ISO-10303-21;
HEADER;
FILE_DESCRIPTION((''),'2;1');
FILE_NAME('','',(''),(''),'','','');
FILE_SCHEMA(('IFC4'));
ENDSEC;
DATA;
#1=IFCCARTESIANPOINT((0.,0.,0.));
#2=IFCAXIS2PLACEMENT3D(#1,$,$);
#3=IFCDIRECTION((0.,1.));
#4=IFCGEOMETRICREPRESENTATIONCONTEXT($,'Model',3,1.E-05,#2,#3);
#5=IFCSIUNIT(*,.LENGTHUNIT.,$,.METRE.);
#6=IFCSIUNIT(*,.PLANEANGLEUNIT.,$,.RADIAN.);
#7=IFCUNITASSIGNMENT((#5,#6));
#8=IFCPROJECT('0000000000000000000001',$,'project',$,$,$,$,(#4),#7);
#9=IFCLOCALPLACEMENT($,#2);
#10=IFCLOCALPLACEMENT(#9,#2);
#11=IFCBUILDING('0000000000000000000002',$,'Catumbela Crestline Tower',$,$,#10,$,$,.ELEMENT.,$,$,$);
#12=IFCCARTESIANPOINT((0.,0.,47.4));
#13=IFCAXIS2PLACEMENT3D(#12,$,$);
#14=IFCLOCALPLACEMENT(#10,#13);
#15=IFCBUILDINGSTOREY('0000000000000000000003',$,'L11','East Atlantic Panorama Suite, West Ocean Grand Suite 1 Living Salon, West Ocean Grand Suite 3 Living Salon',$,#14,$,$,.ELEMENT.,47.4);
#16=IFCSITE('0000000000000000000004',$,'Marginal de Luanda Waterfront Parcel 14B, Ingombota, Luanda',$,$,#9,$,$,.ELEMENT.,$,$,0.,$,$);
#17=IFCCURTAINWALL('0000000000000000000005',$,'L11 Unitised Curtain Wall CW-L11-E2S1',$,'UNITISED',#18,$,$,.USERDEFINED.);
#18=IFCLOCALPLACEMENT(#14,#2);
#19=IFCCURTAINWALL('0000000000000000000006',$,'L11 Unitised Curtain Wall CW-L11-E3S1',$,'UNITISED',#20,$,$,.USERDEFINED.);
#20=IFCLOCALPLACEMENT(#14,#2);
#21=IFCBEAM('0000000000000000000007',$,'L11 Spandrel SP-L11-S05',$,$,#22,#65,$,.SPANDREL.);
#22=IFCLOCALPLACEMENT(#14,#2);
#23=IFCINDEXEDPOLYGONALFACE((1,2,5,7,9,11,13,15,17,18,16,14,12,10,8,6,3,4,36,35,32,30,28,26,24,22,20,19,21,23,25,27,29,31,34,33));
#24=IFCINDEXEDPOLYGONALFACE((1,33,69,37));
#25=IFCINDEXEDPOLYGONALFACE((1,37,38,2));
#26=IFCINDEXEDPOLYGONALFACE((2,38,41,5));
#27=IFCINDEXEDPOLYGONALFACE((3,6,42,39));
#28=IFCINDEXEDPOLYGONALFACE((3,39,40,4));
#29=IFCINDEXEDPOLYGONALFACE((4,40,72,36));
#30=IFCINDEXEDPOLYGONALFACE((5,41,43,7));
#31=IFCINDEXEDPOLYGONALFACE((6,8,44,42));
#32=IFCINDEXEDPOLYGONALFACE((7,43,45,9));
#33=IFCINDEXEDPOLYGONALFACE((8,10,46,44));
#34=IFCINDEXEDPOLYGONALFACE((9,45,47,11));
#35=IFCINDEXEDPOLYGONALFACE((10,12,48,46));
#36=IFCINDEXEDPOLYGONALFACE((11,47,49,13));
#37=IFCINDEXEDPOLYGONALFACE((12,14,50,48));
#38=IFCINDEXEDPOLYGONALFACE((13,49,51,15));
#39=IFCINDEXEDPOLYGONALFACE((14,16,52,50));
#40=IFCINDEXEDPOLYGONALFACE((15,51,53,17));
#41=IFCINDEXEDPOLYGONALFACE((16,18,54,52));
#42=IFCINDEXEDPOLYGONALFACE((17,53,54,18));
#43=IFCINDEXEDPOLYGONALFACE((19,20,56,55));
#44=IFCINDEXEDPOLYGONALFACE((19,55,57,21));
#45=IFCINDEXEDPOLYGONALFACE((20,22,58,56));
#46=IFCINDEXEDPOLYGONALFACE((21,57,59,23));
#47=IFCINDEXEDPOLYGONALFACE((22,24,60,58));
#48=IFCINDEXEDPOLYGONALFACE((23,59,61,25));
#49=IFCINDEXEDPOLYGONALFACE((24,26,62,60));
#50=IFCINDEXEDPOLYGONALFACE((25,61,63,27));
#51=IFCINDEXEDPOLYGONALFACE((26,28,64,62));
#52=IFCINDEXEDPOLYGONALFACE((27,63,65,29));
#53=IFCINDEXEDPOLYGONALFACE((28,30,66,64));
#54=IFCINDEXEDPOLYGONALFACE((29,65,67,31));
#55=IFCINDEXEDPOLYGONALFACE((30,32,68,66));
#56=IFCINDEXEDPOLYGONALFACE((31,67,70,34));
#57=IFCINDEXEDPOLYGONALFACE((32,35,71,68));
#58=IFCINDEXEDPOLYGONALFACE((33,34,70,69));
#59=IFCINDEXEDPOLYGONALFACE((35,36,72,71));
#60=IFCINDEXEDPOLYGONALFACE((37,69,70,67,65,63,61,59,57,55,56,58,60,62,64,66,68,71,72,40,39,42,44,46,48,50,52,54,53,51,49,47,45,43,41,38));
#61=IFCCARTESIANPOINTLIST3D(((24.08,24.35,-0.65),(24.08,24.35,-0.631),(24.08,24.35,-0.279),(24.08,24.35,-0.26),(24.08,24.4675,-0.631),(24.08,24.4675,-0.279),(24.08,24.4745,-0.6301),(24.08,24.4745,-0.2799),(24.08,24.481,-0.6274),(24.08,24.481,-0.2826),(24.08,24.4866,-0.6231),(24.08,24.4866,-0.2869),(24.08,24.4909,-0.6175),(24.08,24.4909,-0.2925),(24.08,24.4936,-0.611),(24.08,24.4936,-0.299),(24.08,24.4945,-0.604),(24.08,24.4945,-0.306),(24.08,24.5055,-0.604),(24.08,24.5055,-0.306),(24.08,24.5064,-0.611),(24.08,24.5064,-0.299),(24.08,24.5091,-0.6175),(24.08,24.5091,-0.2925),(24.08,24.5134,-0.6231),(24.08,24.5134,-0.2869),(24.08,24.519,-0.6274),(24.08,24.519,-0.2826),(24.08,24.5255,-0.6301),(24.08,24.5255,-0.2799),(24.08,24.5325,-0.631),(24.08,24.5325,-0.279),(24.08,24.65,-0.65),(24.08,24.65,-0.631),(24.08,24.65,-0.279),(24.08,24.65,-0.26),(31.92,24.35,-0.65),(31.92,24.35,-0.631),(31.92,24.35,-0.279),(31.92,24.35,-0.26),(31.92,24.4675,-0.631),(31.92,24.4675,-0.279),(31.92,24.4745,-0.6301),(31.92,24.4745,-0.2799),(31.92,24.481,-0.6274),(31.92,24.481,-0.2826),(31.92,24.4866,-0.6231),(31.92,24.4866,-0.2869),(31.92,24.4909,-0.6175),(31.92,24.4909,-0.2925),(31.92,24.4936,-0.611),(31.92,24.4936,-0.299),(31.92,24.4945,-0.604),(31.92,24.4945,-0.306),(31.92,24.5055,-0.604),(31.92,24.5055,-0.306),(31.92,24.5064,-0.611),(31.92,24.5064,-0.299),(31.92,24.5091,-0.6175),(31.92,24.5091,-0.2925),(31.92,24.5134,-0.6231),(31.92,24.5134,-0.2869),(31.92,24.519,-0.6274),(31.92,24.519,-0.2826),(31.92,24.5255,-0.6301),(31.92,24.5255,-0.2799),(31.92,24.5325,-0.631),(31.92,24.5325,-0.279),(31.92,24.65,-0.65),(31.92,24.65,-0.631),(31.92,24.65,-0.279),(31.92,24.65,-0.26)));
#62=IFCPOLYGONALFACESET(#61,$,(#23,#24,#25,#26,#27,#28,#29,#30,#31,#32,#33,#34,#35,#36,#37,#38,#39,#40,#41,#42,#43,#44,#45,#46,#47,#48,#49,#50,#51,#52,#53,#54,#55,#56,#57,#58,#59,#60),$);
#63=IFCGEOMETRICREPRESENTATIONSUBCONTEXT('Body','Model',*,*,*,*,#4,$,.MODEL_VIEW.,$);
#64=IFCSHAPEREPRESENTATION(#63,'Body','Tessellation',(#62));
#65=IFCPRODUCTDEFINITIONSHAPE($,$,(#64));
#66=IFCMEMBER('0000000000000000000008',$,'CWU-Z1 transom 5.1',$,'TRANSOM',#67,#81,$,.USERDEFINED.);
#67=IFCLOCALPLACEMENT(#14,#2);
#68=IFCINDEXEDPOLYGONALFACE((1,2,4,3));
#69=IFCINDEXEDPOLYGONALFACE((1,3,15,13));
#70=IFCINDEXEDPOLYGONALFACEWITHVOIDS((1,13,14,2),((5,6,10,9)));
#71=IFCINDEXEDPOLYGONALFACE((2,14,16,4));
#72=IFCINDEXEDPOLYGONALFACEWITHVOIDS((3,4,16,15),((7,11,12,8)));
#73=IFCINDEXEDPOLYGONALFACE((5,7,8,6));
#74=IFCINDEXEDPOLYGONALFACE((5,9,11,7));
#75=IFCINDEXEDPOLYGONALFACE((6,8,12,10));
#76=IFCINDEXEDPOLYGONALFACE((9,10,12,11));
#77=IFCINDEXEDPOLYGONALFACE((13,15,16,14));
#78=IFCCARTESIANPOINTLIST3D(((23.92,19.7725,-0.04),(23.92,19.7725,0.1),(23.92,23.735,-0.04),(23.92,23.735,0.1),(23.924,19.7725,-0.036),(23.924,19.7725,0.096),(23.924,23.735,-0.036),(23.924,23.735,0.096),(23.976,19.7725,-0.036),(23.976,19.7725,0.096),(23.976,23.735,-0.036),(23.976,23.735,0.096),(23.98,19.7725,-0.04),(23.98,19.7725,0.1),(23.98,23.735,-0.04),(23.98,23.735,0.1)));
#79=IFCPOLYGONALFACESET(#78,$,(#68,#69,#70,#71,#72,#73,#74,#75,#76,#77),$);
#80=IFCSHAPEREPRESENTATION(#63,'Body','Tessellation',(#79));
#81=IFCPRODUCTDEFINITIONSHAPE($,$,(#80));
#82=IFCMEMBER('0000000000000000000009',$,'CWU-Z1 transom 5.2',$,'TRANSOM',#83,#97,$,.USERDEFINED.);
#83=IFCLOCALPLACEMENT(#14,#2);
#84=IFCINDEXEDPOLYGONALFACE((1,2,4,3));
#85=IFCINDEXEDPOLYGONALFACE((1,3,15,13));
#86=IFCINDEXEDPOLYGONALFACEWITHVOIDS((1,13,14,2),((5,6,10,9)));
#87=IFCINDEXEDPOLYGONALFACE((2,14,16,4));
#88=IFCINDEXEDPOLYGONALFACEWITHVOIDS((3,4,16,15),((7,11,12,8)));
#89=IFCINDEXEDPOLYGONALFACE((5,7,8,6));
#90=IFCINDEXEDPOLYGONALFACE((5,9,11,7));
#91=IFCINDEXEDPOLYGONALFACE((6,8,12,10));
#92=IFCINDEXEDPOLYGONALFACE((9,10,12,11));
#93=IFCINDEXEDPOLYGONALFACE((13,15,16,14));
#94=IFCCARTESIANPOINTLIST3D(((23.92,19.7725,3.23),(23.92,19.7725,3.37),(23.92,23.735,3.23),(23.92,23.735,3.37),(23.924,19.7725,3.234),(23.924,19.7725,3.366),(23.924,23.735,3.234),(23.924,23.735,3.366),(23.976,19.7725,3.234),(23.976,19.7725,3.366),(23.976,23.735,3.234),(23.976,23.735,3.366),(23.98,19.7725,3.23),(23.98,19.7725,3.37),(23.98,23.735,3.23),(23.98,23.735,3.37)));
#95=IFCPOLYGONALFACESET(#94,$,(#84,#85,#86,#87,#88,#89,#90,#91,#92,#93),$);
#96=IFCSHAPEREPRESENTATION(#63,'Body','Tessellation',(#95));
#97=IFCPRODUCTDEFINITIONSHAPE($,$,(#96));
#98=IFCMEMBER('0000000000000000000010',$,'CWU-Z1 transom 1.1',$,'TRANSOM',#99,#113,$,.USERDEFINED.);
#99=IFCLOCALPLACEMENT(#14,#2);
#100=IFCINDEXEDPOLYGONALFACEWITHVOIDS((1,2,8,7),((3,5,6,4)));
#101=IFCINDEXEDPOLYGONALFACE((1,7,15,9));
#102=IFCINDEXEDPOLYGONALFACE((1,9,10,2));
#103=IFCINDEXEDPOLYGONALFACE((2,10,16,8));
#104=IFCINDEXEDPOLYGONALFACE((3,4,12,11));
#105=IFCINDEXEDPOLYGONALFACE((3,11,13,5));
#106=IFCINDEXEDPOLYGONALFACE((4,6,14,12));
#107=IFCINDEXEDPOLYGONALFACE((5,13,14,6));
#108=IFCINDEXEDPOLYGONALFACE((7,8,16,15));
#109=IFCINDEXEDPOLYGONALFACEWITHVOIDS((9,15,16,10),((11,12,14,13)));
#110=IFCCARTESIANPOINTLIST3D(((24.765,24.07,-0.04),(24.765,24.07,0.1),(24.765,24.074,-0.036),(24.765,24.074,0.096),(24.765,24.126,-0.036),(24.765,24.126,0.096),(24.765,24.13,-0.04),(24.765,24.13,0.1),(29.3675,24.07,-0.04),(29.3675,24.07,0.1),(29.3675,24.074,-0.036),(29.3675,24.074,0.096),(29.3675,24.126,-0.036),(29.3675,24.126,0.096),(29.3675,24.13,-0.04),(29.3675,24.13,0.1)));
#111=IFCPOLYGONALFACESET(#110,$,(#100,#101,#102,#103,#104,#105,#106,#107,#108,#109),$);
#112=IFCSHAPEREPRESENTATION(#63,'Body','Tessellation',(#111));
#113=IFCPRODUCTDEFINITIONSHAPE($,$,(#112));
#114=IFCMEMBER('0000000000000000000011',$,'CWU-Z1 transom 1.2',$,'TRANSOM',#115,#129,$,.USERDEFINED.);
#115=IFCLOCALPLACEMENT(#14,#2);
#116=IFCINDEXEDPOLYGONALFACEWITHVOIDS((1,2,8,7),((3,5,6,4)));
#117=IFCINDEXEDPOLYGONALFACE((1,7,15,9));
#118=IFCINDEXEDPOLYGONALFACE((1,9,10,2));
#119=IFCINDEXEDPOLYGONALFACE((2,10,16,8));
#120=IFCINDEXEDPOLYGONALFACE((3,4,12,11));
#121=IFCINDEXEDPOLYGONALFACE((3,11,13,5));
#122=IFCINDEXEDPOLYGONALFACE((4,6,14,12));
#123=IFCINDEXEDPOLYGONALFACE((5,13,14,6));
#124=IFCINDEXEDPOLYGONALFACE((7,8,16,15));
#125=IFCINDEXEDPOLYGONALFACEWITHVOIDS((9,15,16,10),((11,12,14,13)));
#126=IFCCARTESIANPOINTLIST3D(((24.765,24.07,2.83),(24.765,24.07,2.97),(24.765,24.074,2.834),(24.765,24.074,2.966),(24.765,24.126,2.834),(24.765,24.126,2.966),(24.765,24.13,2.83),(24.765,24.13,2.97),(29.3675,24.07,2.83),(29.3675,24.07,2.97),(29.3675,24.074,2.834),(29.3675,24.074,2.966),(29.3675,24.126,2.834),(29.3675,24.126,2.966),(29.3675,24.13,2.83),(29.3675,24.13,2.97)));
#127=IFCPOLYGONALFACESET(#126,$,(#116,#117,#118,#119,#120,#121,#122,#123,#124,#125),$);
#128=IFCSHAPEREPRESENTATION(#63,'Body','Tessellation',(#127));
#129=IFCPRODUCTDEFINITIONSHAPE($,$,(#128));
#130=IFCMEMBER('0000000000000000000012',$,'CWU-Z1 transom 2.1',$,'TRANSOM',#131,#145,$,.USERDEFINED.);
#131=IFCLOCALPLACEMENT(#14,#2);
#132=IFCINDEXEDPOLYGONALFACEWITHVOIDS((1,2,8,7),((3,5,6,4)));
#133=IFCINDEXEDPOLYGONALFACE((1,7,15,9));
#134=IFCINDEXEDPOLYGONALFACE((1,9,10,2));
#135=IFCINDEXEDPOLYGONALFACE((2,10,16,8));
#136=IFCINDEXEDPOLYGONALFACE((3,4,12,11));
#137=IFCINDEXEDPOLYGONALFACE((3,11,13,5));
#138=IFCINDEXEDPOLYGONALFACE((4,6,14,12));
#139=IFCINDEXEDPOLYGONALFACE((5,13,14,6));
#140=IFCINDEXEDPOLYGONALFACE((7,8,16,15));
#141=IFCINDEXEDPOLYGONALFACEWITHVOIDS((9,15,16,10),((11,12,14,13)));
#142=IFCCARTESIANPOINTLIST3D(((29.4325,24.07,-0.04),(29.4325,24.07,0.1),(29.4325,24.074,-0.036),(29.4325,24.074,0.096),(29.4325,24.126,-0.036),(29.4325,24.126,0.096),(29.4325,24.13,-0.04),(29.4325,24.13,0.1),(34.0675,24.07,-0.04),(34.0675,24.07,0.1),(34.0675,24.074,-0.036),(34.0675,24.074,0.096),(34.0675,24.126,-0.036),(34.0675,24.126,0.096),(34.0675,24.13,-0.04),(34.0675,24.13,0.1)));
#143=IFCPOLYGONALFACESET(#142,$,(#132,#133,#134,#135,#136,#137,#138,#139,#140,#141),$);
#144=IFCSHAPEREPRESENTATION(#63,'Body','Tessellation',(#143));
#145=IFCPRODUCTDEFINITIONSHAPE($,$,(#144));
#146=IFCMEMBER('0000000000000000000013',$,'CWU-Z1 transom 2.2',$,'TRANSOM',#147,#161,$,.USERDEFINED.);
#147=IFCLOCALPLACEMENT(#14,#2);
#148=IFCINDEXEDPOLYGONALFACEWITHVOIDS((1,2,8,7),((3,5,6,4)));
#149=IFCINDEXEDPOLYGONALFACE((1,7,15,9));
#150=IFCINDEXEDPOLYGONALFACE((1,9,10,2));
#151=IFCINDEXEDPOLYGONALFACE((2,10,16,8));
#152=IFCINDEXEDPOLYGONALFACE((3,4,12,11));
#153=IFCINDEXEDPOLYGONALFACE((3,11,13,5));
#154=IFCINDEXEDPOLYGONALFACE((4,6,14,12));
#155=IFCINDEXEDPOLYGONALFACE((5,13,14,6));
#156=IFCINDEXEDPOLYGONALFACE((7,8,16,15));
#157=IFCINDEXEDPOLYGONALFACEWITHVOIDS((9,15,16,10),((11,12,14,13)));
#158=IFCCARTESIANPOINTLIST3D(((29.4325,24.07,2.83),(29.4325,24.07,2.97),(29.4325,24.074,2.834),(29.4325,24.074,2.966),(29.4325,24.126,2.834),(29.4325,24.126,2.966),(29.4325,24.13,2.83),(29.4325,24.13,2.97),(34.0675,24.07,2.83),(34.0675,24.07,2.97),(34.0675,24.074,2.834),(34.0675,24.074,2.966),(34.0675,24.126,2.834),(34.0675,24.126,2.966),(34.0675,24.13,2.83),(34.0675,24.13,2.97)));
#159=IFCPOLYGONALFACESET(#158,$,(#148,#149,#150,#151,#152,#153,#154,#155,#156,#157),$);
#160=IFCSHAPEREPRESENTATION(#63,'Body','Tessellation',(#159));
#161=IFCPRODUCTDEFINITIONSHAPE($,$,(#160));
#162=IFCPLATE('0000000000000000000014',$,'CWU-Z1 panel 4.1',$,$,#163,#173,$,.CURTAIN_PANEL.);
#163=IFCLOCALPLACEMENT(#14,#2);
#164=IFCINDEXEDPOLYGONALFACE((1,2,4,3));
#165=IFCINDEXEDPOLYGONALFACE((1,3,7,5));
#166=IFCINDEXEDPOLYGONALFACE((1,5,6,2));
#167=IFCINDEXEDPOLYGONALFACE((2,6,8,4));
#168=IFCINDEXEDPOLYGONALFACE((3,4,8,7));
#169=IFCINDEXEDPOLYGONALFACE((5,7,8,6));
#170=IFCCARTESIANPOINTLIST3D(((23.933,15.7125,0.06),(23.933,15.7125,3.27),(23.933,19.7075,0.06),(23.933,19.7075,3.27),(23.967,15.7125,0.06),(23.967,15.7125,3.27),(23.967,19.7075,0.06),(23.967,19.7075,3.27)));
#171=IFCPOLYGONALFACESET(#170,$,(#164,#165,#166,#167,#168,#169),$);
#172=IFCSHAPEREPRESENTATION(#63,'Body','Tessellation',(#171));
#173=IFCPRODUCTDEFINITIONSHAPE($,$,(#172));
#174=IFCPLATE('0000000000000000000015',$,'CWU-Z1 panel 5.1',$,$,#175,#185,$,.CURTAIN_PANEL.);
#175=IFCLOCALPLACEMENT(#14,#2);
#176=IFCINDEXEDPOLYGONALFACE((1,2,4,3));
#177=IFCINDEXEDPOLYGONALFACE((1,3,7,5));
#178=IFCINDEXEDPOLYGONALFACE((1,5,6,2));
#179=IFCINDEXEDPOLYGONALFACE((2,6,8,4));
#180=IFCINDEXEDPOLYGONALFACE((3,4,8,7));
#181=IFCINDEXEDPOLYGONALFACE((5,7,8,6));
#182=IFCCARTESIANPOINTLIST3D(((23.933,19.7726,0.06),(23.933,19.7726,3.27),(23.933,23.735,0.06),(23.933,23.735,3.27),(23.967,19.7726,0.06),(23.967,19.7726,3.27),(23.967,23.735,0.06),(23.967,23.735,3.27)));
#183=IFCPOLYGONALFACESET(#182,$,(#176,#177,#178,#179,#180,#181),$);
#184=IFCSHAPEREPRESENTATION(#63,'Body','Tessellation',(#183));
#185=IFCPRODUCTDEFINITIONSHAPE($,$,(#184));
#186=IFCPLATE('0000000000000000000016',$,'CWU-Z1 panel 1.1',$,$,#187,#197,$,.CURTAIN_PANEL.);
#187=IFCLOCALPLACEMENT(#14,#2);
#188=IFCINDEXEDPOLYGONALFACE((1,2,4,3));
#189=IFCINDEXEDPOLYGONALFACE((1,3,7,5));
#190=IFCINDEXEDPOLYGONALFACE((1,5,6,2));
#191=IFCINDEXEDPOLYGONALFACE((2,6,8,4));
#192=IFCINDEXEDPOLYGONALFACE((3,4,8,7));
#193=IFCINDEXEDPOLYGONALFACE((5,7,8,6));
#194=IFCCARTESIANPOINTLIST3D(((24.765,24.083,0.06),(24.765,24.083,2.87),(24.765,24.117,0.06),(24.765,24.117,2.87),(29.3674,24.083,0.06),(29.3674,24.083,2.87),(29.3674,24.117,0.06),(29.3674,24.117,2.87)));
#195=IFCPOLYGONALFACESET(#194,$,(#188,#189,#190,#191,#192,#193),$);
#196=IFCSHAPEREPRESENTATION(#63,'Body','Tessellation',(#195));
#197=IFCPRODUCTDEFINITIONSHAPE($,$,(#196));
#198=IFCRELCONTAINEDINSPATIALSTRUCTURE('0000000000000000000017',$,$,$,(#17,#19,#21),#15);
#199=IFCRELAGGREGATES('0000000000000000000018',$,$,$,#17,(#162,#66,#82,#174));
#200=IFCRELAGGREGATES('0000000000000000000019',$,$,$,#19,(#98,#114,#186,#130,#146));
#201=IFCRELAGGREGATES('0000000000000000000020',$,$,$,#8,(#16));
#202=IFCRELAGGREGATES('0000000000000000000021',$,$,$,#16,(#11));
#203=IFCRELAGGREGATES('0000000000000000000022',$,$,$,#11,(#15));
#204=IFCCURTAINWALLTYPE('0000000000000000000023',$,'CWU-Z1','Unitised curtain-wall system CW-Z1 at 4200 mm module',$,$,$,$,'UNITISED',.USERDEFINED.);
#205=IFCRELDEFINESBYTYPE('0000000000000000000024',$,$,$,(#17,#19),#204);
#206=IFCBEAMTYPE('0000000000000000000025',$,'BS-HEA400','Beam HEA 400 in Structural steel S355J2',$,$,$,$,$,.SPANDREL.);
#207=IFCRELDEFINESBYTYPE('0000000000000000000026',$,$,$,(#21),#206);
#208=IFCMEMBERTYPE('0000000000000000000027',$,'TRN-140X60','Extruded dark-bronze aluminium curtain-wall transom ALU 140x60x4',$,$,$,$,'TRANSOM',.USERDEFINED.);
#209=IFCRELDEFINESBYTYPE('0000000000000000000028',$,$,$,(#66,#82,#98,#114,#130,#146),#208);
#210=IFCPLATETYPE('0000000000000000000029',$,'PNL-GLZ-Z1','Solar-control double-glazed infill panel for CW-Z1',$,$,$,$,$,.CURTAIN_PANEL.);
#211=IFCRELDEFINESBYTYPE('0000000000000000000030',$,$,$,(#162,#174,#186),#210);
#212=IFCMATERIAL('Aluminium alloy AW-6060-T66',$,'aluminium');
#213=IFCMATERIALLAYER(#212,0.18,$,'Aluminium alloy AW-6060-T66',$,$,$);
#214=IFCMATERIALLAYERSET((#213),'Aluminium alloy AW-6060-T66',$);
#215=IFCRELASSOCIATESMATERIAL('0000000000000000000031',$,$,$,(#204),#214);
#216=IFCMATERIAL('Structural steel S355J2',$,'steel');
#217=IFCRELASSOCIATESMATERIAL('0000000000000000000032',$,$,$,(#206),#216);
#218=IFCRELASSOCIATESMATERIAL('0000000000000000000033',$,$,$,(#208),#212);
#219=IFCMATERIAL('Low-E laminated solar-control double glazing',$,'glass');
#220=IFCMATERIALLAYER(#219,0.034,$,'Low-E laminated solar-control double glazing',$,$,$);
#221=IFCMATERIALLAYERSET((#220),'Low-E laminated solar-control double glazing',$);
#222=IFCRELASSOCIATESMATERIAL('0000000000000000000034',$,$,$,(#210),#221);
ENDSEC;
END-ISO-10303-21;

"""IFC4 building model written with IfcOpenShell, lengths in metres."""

from ifc_helpers import new_model, si_unit, direction, frame, origin, origin_2d, place, context, subcontext, project, spatial, rectangle, hollow_rectangle, i_section, extrude, material, layer, layer_set, material_profile, profile_set, type_object, element, aggregate, save


model = new_model("IFC4")

# Units and contexts
model_context = context("Model", 3, precision=1e-05, world=origin(), true_north=direction((0.0, 1.0)))
body_context = subcontext(model_context, "Body", "Model", "MODEL_VIEW")
ifc_project = project(units=[si_unit("LENGTHUNIT", "METRE"), si_unit("PLANEANGLEUNIT", "RADIAN")], contexts=[model_context])

# Site, building, storey
site_placement = place(None, origin())
site = spatial("IfcSite", under=ifc_project, at=site_placement, Name="Marginal de Luanda Waterfront Parcel 14B, Ingombota, Luanda", CompositionType="ELEMENT", RefElevation=0.0)
building_placement = place(site_placement, origin())
building = spatial("IfcBuilding", under=site, at=building_placement, Name="Catumbela Crestline Tower", CompositionType="ELEMENT")
storey_placement = place(building_placement, frame((0.0, 0.0, 47.4)))
storey = spatial("IfcBuildingStorey", under=building, at=storey_placement, Name="L11", Description="East Atlantic Panorama Suite, West Ocean Grand Suite 1 Living Salon, West Ocean Grand Suite 3 Living Salon", CompositionType="ELEMENT", Elevation=47.4)

# Shared definitions
ifc_material_1 = material(Name="Structural steel S355J2", Category="steel")

# Curtain walls
ifc_material_2 = material(Name="Aluminium alloy AW-6060-T66", Category="aluminium")
ifc_layer_1 = layer(ifc_material_2, 0.18, Name="Aluminium alloy AW-6060-T66")
ifc_layer_set_1 = layer_set([ifc_layer_1], Name="Aluminium alloy AW-6060-T66")
curtain_wall_type = type_object("IfcCurtainWallType", Name="CWU-Z1", Description="Unitised curtain-wall system CW-Z1 at 4200 mm module", ElementType="UNITISED", PredefinedType="USERDEFINED", material=ifc_layer_set_1)
curtain_wall_1_placement = place(storey_placement, origin())
curtain_wall_1 = element("IfcCurtainWall", 1, at=curtain_wall_1_placement, inside=storey, type_object=curtain_wall_type, Name="L11 Unitised Curtain Wall CW-L11-E2S1", ObjectType="UNITISED", PredefinedType="USERDEFINED")
curtain_wall_2_placement = place(storey_placement, origin())
curtain_wall_2 = element("IfcCurtainWall", 2, at=curtain_wall_2_placement, inside=storey, type_object=curtain_wall_type, Name="L11 Unitised Curtain Wall CW-L11-E3S1", ObjectType="UNITISED", PredefinedType="USERDEFINED")

# Beam
ifc_material_profile_1 = material_profile(ifc_material_1, i_section(OverallWidth=0.3, OverallDepth=0.39, WebThickness=0.011, FlangeThickness=0.019, FilletRadius=0.027, at=origin_2d()), Name="HEA 400")
ifc_profile_set_1 = profile_set([ifc_material_profile_1], Name="Structural steel S355J2")
beam_type_1 = type_object("IfcBeamType", Name="BS-HEA400", Description="Beam HEA 400 in Structural steel S355J2", PredefinedType="SPANDREL", material=ifc_profile_set_1)
beam_1_placement = place(storey_placement, frame((24.08, 24.5, -0.455), z_axis=(1.0, 0.0, 0.0), x_axis=(0.0, 1.0, 0.0)))
element("IfcBeam", 3, at=beam_1_placement, inside=storey, type_object=beam_type_1, Name="L11 Spandrel SP-L11-S05", PredefinedType="SPANDREL", context=body_context, shape_type="SweptSolid", body=[
    extrude(i_section(OverallWidth=0.3, OverallDepth=0.39, WebThickness=0.011, FlangeThickness=0.019, FilletRadius=0.027, at=origin_2d()), origin(), (0.0, 0.0, 1.0), 7.84),
])

# Members
ifc_material_profile_2 = material_profile(ifc_material_2, hollow_rectangle(XDim=0.06, YDim=0.14, WallThickness=0.004, at=origin_2d()), Name="ALU 140x60x4")
ifc_profile_set_2 = profile_set([ifc_material_profile_2], Name="Aluminium alloy AW-6060-T66")
member_type_1 = type_object("IfcMemberType", Name="TRN-140X60", Description="Extruded dark-bronze aluminium curtain-wall transom ALU 140x60x4", ElementType="TRANSOM", PredefinedType="USERDEFINED", material=ifc_profile_set_2)
member_1_placement = place(storey_placement, frame((23.95, 19.7725, 0.03), z_axis=(0.0, 1.0, 0.0), x_axis=(-1.0, 0.0, 0.0)))
member_1 = element("IfcMember", 4, at=member_1_placement, type_object=member_type_1, Name="CWU-Z1 transom 5.1", ObjectType="TRANSOM", PredefinedType="USERDEFINED", context=body_context, shape_type="SweptSolid", body=[
    extrude(hollow_rectangle(XDim=0.06, YDim=0.14, WallThickness=0.004, at=origin_2d()), origin(), (0.0, 0.0, 1.0), 3.9625),
])
member_2_placement = place(storey_placement, frame((23.95, 19.7725, 3.3), z_axis=(0.0, 1.0, 0.0), x_axis=(-1.0, 0.0, 0.0)))
member_2 = element("IfcMember", 5, at=member_2_placement, type_object=member_type_1, Name="CWU-Z1 transom 5.2", ObjectType="TRANSOM", PredefinedType="USERDEFINED", context=body_context, shape_type="SweptSolid", body=[
    extrude(hollow_rectangle(XDim=0.06, YDim=0.14, WallThickness=0.004, at=origin_2d()), origin(), (0.0, 0.0, 1.0), 3.9625),
])
member_3_placement = place(storey_placement, frame((24.765, 24.1, 0.03), z_axis=(1.0, 0.0, 0.0), x_axis=(0.0, 1.0, 0.0)))
member_3 = element("IfcMember", 6, at=member_3_placement, type_object=member_type_1, Name="CWU-Z1 transom 1.1", ObjectType="TRANSOM", PredefinedType="USERDEFINED", context=body_context, shape_type="SweptSolid", body=[
    extrude(hollow_rectangle(XDim=0.06, YDim=0.14, WallThickness=0.004, at=origin_2d()), origin(), (0.0, 0.0, 1.0), 4.6025),
])
member_4_placement = place(storey_placement, frame((24.765, 24.1, 2.9), z_axis=(1.0, 0.0, 0.0), x_axis=(0.0, 1.0, 0.0)))
member_4 = element("IfcMember", 7, at=member_4_placement, type_object=member_type_1, Name="CWU-Z1 transom 1.2", ObjectType="TRANSOM", PredefinedType="USERDEFINED", context=body_context, shape_type="SweptSolid", body=[
    extrude(hollow_rectangle(XDim=0.06, YDim=0.14, WallThickness=0.004, at=origin_2d()), origin(), (0.0, 0.0, 1.0), 4.6025),
])
member_5_placement = place(storey_placement, frame((29.4325, 24.1, 0.03), z_axis=(1.0, 0.0, 0.0), x_axis=(0.0, 1.0, 0.0)))
member_5 = element("IfcMember", 8, at=member_5_placement, type_object=member_type_1, Name="CWU-Z1 transom 2.1", ObjectType="TRANSOM", PredefinedType="USERDEFINED", context=body_context, shape_type="SweptSolid", body=[
    extrude(hollow_rectangle(XDim=0.06, YDim=0.14, WallThickness=0.004, at=origin_2d()), origin(), (0.0, 0.0, 1.0), 4.635),
])
member_6_placement = place(storey_placement, frame((29.4325, 24.1, 2.9), z_axis=(1.0, 0.0, 0.0), x_axis=(0.0, 1.0, 0.0)))
member_6 = element("IfcMember", 9, at=member_6_placement, type_object=member_type_1, Name="CWU-Z1 transom 2.2", ObjectType="TRANSOM", PredefinedType="USERDEFINED", context=body_context, shape_type="SweptSolid", body=[
    extrude(hollow_rectangle(XDim=0.06, YDim=0.14, WallThickness=0.004, at=origin_2d()), origin(), (0.0, 0.0, 1.0), 4.635),
])

# Plates
ifc_material_3 = material(Name="Low-E laminated solar-control double glazing", Category="glass")
ifc_layer_2 = layer(ifc_material_3, 0.034, Name="Low-E laminated solar-control double glazing")
ifc_layer_set_2 = layer_set([ifc_layer_2], Name="Low-E laminated solar-control double glazing")
plate_type = type_object("IfcPlateType", Name="PNL-GLZ-Z1", Description="Solar-control double-glazed infill panel for CW-Z1", PredefinedType="CURTAIN_PANEL", material=ifc_layer_set_2)
plate_1_placement = place(storey_placement, frame((23.95, 17.71, 0.06), z_axis=(0.0, 0.0, 1.0), x_axis=(0.0, 1.0, 0.0)))
plate_1 = element("IfcPlate", 10, at=plate_1_placement, type_object=plate_type, Name="CWU-Z1 panel 4.1", PredefinedType="CURTAIN_PANEL", context=body_context, shape_type="SweptSolid", body=[
    extrude(rectangle(XDim=3.995, YDim=0.034, at=origin_2d()), origin(), (0.0, 0.0, 1.0), 3.21),
])
plate_2_placement = place(storey_placement, frame((23.95, 21.7538, 0.06), z_axis=(0.0, 0.0, 1.0), x_axis=(0.0, 1.0, 0.0)))
plate_2 = element("IfcPlate", 11, at=plate_2_placement, type_object=plate_type, Name="CWU-Z1 panel 5.1", PredefinedType="CURTAIN_PANEL", context=body_context, shape_type="SweptSolid", body=[
    extrude(rectangle(XDim=3.9625, YDim=0.034, at=origin_2d()), origin(), (0.0, 0.0, 1.0), 3.21),
])
aggregate(curtain_wall_1, [plate_1, member_1, member_2, plate_2])
plate_3_placement = place(storey_placement, frame((27.0662, 24.1, 0.06), z_axis=(0.0, 0.0, 1.0), x_axis=(1.0, 0.0, 0.0)))
plate_3 = element("IfcPlate", 12, at=plate_3_placement, type_object=plate_type, Name="CWU-Z1 panel 1.1", PredefinedType="CURTAIN_PANEL", context=body_context, shape_type="SweptSolid", body=[
    extrude(rectangle(XDim=4.6025, YDim=0.034, at=origin_2d()), origin(), (0.0, 0.0, 1.0), 2.81),
])
aggregate(curtain_wall_2, [member_3, member_4, plate_3, member_5, member_6])

save(model, "model.ifc")
